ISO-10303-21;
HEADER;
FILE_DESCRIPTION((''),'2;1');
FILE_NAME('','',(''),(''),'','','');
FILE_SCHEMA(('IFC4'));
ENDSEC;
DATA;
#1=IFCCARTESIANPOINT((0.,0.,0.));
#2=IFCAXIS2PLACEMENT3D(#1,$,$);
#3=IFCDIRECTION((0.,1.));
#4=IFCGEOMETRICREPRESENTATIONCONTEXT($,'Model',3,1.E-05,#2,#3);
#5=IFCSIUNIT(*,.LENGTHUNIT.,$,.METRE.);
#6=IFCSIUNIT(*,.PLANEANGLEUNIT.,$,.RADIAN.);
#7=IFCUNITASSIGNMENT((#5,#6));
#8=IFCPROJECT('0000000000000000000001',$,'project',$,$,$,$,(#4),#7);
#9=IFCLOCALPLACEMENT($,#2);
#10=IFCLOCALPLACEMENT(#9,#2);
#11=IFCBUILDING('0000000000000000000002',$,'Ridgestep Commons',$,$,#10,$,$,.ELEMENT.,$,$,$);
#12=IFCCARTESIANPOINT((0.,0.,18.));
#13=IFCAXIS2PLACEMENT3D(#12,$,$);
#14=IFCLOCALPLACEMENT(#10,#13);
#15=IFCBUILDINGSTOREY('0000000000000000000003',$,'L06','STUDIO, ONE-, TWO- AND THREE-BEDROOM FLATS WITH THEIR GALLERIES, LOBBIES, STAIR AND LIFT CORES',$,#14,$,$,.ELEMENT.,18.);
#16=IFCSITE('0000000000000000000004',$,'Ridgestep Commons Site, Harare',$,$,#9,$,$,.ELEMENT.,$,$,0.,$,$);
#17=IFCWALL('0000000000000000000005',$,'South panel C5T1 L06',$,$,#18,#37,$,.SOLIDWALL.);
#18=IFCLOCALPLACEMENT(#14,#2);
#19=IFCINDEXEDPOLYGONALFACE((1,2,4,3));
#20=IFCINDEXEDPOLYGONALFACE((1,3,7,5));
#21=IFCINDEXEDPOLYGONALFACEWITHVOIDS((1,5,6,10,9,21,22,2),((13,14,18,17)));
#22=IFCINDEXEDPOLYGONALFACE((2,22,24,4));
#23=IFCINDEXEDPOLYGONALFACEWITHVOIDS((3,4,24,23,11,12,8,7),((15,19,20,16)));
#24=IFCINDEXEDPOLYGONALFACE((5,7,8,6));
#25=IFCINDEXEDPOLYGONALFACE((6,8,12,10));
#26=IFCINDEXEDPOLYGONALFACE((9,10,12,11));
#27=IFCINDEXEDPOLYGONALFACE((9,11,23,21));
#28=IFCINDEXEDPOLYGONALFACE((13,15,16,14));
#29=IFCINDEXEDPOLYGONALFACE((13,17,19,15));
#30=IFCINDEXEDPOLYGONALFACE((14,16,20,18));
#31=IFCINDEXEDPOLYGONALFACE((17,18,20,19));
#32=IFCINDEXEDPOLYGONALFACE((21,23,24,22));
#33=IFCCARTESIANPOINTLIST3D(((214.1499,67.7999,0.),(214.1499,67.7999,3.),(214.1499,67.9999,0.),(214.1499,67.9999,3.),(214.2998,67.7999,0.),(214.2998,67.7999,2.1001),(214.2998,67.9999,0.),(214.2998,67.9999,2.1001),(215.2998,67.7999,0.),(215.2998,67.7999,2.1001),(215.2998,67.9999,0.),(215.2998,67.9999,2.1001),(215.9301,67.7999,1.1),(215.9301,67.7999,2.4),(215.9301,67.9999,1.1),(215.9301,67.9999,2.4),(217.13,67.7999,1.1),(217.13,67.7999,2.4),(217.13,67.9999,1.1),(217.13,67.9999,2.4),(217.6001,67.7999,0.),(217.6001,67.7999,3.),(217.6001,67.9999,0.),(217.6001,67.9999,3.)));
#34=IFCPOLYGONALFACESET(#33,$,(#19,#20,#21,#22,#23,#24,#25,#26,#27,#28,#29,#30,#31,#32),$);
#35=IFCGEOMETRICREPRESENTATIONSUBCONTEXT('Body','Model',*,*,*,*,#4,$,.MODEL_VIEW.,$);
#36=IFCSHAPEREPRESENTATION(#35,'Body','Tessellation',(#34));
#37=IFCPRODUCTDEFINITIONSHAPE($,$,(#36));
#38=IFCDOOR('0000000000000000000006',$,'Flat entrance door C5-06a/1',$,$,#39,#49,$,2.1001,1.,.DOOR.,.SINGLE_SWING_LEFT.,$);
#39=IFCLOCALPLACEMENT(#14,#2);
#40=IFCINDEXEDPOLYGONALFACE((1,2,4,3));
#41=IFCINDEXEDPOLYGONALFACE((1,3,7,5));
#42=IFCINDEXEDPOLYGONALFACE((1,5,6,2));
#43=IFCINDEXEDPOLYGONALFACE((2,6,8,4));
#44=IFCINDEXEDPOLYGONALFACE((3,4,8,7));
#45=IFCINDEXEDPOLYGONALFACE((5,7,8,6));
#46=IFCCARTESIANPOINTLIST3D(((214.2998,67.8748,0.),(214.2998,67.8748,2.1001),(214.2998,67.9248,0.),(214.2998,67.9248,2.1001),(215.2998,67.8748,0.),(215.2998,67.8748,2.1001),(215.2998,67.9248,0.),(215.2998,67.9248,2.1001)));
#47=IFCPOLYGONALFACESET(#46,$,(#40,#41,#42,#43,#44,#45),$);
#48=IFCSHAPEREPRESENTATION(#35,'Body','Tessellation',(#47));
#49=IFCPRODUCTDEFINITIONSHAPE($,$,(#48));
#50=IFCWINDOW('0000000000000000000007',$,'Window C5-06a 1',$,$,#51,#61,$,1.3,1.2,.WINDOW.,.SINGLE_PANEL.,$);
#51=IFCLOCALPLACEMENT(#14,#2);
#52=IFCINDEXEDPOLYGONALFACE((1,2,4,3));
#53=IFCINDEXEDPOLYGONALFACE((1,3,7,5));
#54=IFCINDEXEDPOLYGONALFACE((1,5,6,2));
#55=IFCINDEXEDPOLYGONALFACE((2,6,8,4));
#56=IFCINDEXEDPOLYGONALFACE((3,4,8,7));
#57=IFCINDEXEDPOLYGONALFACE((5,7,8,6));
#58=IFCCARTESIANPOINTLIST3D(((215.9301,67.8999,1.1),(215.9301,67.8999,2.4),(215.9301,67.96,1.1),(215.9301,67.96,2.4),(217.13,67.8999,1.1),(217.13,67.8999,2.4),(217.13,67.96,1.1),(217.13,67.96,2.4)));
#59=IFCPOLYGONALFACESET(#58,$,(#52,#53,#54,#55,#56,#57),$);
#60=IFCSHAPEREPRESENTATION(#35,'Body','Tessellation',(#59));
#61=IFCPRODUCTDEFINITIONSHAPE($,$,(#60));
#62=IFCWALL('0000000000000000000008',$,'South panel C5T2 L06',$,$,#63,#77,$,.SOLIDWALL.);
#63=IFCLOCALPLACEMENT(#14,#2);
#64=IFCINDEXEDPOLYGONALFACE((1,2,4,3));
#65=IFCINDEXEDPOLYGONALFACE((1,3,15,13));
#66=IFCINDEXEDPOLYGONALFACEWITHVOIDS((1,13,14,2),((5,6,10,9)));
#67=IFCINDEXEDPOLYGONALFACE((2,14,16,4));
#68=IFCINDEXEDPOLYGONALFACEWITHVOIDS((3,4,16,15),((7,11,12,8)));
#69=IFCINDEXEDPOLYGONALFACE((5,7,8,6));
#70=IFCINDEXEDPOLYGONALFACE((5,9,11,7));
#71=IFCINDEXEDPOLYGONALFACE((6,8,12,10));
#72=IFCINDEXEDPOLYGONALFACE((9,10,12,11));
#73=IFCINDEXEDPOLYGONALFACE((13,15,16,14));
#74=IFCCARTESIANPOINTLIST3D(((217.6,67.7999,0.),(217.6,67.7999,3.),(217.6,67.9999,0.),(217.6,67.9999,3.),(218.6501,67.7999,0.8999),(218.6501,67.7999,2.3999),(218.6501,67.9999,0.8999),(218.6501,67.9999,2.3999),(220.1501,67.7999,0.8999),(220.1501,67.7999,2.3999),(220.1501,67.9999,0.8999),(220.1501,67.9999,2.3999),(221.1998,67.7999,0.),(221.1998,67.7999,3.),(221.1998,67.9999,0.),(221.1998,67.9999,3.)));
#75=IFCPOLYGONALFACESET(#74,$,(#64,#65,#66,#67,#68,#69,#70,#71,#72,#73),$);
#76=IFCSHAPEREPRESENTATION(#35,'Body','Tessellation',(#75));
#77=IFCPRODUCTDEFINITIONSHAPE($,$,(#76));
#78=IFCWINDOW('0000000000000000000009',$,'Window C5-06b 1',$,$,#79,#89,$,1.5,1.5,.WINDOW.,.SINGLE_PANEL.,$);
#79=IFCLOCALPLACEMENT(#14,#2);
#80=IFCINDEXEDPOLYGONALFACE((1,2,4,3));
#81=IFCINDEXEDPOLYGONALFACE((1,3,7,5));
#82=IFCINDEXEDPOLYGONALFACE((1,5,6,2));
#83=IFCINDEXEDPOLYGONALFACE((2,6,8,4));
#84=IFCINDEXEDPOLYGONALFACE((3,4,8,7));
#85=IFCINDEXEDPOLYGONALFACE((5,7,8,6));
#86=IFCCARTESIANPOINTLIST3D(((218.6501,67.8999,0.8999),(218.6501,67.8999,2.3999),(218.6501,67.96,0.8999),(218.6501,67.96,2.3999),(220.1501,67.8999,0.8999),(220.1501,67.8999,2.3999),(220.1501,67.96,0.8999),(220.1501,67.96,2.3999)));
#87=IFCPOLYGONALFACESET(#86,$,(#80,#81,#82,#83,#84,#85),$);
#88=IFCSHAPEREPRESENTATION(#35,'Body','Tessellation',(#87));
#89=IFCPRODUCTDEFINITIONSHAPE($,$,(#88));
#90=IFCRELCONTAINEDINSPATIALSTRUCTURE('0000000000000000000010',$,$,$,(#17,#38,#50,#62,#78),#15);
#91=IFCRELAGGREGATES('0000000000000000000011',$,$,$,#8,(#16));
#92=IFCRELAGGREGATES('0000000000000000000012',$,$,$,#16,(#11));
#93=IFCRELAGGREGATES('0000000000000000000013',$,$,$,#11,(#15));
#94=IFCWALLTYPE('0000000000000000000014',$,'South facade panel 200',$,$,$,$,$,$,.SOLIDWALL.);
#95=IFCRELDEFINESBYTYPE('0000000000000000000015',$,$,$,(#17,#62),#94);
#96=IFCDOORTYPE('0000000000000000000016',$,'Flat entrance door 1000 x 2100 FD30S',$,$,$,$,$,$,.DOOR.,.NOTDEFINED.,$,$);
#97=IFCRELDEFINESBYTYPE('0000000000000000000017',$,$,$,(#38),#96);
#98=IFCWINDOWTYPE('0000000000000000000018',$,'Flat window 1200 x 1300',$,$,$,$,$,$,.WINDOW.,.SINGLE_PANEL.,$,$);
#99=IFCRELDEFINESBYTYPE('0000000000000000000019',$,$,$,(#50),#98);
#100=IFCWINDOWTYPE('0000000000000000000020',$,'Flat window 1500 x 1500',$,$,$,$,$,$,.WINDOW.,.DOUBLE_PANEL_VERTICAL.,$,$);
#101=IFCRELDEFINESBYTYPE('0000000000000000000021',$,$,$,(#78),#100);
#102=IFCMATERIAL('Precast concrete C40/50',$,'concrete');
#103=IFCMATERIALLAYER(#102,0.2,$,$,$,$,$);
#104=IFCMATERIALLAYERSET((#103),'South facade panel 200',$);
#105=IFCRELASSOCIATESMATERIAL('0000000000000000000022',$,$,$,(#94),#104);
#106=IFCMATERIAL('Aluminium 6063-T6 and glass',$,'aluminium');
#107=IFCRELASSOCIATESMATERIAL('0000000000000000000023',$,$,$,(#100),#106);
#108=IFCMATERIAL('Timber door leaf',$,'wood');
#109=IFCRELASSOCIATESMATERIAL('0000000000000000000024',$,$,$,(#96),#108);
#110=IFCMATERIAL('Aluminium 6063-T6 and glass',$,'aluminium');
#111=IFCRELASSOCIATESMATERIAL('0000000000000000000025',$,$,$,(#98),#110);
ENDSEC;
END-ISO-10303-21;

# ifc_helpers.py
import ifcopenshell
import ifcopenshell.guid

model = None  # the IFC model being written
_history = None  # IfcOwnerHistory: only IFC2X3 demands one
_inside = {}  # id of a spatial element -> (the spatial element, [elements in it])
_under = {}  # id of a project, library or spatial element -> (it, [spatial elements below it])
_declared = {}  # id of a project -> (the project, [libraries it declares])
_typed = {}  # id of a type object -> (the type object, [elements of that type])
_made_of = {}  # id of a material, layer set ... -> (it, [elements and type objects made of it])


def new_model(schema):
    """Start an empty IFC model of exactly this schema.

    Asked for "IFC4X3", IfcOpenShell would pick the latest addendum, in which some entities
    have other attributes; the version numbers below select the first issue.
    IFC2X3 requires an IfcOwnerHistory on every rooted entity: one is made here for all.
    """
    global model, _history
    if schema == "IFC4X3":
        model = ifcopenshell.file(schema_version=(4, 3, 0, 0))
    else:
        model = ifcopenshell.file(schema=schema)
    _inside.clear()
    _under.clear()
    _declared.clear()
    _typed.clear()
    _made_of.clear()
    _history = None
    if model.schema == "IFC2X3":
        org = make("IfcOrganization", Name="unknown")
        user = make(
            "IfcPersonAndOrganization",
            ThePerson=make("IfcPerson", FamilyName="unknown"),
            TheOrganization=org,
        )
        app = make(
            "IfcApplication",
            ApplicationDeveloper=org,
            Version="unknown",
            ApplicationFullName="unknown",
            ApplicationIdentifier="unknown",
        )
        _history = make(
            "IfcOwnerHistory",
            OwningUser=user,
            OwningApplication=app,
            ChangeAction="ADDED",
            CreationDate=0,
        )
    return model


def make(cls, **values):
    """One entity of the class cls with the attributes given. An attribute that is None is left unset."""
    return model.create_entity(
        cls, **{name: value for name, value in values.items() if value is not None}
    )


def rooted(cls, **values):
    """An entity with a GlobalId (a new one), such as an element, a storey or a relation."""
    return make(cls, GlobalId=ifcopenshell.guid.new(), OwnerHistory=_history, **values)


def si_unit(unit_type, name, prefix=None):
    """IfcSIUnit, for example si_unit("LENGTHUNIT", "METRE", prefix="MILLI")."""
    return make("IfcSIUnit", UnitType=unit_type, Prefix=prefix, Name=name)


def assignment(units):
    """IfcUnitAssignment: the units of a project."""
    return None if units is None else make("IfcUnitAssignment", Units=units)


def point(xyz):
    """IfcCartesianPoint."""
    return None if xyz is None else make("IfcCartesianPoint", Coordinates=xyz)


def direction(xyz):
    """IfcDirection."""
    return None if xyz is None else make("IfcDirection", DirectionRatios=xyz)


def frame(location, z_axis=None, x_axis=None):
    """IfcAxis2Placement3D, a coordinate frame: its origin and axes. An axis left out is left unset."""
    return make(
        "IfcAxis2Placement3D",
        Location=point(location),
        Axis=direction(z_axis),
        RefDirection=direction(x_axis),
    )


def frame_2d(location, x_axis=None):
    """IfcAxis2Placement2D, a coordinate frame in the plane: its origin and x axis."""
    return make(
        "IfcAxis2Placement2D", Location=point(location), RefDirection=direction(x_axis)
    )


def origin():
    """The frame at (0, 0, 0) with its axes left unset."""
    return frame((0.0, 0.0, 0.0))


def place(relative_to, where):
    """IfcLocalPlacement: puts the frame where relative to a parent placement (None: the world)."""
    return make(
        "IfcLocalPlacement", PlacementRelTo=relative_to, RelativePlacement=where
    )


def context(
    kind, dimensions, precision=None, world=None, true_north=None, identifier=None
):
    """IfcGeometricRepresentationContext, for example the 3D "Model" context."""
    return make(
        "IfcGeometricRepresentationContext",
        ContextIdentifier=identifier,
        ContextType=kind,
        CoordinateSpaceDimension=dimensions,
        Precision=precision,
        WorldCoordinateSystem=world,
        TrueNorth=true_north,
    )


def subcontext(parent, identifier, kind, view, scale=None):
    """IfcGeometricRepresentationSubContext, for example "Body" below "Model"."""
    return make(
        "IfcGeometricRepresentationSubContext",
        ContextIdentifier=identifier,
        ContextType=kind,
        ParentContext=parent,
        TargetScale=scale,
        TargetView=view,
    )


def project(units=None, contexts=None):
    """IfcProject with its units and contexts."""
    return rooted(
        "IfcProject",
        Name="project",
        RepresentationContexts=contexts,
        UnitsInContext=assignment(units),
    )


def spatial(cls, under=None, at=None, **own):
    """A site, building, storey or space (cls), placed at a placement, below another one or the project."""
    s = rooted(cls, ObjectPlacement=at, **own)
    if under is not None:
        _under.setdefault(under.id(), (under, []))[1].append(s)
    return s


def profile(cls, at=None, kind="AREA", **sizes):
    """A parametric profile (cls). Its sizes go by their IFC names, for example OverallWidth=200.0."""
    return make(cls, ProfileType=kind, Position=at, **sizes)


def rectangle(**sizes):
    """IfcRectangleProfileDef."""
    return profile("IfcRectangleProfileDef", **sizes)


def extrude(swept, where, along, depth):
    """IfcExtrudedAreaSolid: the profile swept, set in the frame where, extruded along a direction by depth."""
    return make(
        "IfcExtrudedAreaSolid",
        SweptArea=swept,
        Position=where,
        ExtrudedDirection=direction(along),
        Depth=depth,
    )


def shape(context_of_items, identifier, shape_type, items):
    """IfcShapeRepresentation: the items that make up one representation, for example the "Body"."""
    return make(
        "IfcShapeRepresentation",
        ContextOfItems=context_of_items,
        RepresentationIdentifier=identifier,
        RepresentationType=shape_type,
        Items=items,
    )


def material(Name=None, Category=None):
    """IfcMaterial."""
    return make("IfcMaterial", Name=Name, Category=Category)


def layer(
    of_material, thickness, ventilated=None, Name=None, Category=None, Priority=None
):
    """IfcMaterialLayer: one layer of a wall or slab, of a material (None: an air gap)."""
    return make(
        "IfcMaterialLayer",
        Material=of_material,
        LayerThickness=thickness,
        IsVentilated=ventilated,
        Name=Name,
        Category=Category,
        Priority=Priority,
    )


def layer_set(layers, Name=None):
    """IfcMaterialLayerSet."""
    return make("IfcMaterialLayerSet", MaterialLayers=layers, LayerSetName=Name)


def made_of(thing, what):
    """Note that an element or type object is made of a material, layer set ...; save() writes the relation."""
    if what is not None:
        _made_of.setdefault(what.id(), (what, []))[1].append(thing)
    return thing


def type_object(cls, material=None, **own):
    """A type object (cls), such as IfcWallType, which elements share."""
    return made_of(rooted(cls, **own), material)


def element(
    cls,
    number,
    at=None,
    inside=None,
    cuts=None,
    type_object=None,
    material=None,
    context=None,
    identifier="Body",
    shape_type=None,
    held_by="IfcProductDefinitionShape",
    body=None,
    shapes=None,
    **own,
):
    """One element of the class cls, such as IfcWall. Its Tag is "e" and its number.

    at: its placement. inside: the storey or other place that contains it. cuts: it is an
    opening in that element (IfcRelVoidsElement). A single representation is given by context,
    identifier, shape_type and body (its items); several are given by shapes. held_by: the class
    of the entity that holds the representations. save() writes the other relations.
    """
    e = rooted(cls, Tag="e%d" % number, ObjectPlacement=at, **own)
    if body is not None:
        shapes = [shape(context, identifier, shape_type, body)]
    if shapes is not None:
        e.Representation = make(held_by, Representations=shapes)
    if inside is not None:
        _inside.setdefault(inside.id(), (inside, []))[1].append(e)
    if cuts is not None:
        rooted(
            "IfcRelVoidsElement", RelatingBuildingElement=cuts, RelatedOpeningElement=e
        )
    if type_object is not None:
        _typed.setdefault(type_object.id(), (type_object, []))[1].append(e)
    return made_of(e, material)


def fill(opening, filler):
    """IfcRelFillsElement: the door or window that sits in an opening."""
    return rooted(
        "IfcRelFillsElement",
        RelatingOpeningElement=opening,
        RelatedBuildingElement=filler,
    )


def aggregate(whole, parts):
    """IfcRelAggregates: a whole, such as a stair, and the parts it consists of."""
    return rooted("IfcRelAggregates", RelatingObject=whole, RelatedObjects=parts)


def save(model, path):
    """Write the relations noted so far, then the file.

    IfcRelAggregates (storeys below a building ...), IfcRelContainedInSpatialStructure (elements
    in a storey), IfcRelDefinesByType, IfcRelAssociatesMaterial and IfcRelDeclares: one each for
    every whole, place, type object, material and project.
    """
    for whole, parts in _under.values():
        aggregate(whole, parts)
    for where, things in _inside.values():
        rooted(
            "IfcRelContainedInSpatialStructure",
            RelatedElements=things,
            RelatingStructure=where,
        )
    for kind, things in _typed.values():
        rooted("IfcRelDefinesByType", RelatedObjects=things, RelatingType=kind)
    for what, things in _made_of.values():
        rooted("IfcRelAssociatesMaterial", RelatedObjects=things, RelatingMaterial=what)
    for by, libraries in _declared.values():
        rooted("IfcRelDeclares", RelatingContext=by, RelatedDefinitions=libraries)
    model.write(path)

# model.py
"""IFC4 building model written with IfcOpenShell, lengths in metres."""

from ifc_helpers import new_model, si_unit, direction, frame, frame_2d, origin, place, context, subcontext, project, spatial, rectangle, extrude, material, layer, layer_set, type_object, element, fill, save


model = new_model("IFC4")

# Units and contexts
model_context = context("Model", 3, precision=1e-05, world=origin(), true_north=direction((0.0, 1.0)))
body_context = subcontext(model_context, "Body", "Model", "MODEL_VIEW")
ifc_project = project(units=[si_unit("LENGTHUNIT", "METRE"), si_unit("PLANEANGLEUNIT", "RADIAN")], contexts=[model_context])

# Site, building, storey
site_placement = place(None, origin())
site = spatial("IfcSite", under=ifc_project, at=site_placement, Name="Ridgestep Commons Site, Harare", CompositionType="ELEMENT", RefElevation=0.0)
building_placement = place(site_placement, origin())
building = spatial("IfcBuilding", under=site, at=building_placement, Name="Ridgestep Commons", CompositionType="ELEMENT")
storey_placement = place(building_placement, frame((0.0, 0.0, 18.0)))
storey = spatial("IfcBuildingStorey", under=building, at=storey_placement, Name="L06", Description="STUDIO, ONE-, TWO- AND THREE-BEDROOM FLATS WITH THEIR GALLERIES, LOBBIES, STAIR AND LIFT CORES", CompositionType="ELEMENT", Elevation=18.0)

# Shared definitions
ifc_material_1 = material(Name="Precast concrete C40/50", Category="concrete")
ifc_layer_1 = layer(ifc_material_1, 0.2)
ifc_layer_set_1 = layer_set([ifc_layer_1], Name="South facade panel 200")
wall_type_1 = type_object("IfcWallType", Name="South facade panel 200", PredefinedType="SOLIDWALL", material=ifc_layer_set_1)
ifc_material_2 = material(Name="Aluminium 6063-T6 and glass", Category="aluminium")
window_type_1 = type_object("IfcWindowType", Name="Flat window 1500 x 1500", PartitioningType="DOUBLE_PANEL_VERTICAL", PredefinedType="WINDOW", material=ifc_material_2)

# Wall, openings, door, window
wall_1_placement = place(storey_placement, frame((214.1499, 67.8999, 0.0), z_axis=(0.0, 0.0, 1.0), x_axis=(1.0, 0.0, 0.0)))
wall_1 = element("IfcWall", 1, at=wall_1_placement, inside=storey, type_object=wall_type_1, Name="South panel C5T1 L06", PredefinedType="SOLIDWALL", context=body_context, shape_type="SweptSolid", body=[
    extrude(rectangle(XDim=3.4502, YDim=0.2, at=frame_2d((1.7251, 0.0))), origin(), (0.0, 0.0, 1.0), 3.0),
])
opening_1_placement = place(wall_1_placement, frame((1.78, 0.0, 1.1001)))
opening_1 = element("IfcOpeningElement", 2, at=opening_1_placement, cuts=wall_1, PredefinedType="OPENING", context=body_context, shape_type="SweptSolid", body=[
    extrude(rectangle(XDim=1.2, YDim=1.3, at=frame_2d((0.6001, 0.6499))), frame((0.0, 0.1099, 0.0), z_axis=(0.0, -1.0, 0.0), x_axis=(1.0, 0.0, 0.0)), (0.0, 0.0, 1.0), 0.22),
])
opening_2_placement = place(wall_1_placement, frame((0.1499, 0.0, 0.0)))
opening_2 = element("IfcOpeningElement", 3, at=opening_2_placement, cuts=wall_1, PredefinedType="OPENING", context=body_context, shape_type="SweptSolid", body=[
    extrude(rectangle(XDim=1.0, YDim=2.1001, at=frame_2d((0.5, 1.05))), frame((0.0, 0.1099, 0.0), z_axis=(0.0, -1.0, 0.0), x_axis=(1.0, 0.0, 0.0)), (0.0, 0.0, 1.0), 0.22),
])
ifc_material_3 = material(Name="Timber door leaf", Category="wood")
door_type_1 = type_object("IfcDoorType", Name="Flat entrance door 1000 x 2100 FD30S", OperationType="NOTDEFINED", PredefinedType="DOOR", material=ifc_material_3)
door_1_placement = place(opening_2_placement, origin())
door_1 = element("IfcDoor", 4, at=door_1_placement, inside=storey, type_object=door_type_1, Name="Flat entrance door C5-06a/1", OperationType="SINGLE_SWING_LEFT", OverallHeight=2.1001, OverallWidth=1.0, PredefinedType="DOOR", context=body_context, shape_type="SweptSolid", body=[
    extrude(rectangle(XDim=1.0, YDim=2.1001, at=frame_2d((0.5, 1.05))), frame((0.0, 0.0249, 0.0), z_axis=(0.0, -1.0, 0.0), x_axis=(1.0, 0.0, 0.0)), (0.0, 0.0, 1.0), 0.05),
])
fill(opening_2, door_1)
ifc_material_4 = material(Name="Aluminium 6063-T6 and glass", Category="aluminium")
window_type_2 = type_object("IfcWindowType", Name="Flat window 1200 x 1300", PartitioningType="SINGLE_PANEL", PredefinedType="WINDOW", material=ifc_material_4)
window_1_placement = place(opening_1_placement, origin())
window_1 = element("IfcWindow", 5, at=window_1_placement, inside=storey, type_object=window_type_2, Name="Window C5-06a 1", OverallHeight=1.3, OverallWidth=1.2, PartitioningType="SINGLE_PANEL", PredefinedType="WINDOW", context=body_context, shape_type="SweptSolid", body=[
    extrude(rectangle(XDim=1.2, YDim=1.3, at=frame_2d((0.6001, 0.6499))), frame((0.0, 0.0601, 0.0), z_axis=(0.0, -1.0, 0.0), x_axis=(1.0, 0.0, 0.0)), (0.0, 0.0, 1.0), 0.0601),
])
fill(opening_1, window_1)

# Wall, opening, window
wall_2_placement = place(storey_placement, frame((217.6001, 67.8999, 0.0), z_axis=(0.0, 0.0, 1.0), x_axis=(1.0, 0.0, 0.0)))
wall_2 = element("IfcWall", 6, at=wall_2_placement, inside=storey, type_object=wall_type_1, Name="South panel C5T2 L06", PredefinedType="SOLIDWALL", context=body_context, shape_type="SweptSolid", body=[
    extrude(rectangle(XDim=3.5999, YDim=0.2, at=frame_2d((1.7998, 0.0))), origin(), (0.0, 0.0, 1.0), 3.0),
])
opening_3_placement = place(wall_2_placement, frame((1.05, 0.0, 0.8999)))
opening_3 = element("IfcOpeningElement", 7, at=opening_3_placement, cuts=wall_2, PredefinedType="OPENING", context=body_context, shape_type="SweptSolid", body=[
    extrude(rectangle(XDim=1.5, YDim=1.5, at=frame_2d((0.75, 0.75))), frame((0.0, 0.1099, 0.0), z_axis=(0.0, -1.0, 0.0), x_axis=(1.0, 0.0, 0.0)), (0.0, 0.0, 1.0), 0.22),
])
window_2_placement = place(opening_3_placement, origin())
window_2 = element("IfcWindow", 8, at=window_2_placement, inside=storey, type_object=window_type_1, Name="Window C5-06b 1", OverallHeight=1.5, OverallWidth=1.5, PartitioningType="SINGLE_PANEL", PredefinedType="WINDOW", context=body_context, shape_type="SweptSolid", body=[
    extrude(rectangle(XDim=1.5, YDim=1.5, at=frame_2d((0.75, 0.75))), frame((0.0, 0.0601, 0.0), z_axis=(0.0, -1.0, 0.0), x_axis=(1.0, 0.0, 0.0)), (0.0, 0.0, 1.0), 0.0601),
])
fill(opening_3, window_2)

save(model, "model.ifc")
